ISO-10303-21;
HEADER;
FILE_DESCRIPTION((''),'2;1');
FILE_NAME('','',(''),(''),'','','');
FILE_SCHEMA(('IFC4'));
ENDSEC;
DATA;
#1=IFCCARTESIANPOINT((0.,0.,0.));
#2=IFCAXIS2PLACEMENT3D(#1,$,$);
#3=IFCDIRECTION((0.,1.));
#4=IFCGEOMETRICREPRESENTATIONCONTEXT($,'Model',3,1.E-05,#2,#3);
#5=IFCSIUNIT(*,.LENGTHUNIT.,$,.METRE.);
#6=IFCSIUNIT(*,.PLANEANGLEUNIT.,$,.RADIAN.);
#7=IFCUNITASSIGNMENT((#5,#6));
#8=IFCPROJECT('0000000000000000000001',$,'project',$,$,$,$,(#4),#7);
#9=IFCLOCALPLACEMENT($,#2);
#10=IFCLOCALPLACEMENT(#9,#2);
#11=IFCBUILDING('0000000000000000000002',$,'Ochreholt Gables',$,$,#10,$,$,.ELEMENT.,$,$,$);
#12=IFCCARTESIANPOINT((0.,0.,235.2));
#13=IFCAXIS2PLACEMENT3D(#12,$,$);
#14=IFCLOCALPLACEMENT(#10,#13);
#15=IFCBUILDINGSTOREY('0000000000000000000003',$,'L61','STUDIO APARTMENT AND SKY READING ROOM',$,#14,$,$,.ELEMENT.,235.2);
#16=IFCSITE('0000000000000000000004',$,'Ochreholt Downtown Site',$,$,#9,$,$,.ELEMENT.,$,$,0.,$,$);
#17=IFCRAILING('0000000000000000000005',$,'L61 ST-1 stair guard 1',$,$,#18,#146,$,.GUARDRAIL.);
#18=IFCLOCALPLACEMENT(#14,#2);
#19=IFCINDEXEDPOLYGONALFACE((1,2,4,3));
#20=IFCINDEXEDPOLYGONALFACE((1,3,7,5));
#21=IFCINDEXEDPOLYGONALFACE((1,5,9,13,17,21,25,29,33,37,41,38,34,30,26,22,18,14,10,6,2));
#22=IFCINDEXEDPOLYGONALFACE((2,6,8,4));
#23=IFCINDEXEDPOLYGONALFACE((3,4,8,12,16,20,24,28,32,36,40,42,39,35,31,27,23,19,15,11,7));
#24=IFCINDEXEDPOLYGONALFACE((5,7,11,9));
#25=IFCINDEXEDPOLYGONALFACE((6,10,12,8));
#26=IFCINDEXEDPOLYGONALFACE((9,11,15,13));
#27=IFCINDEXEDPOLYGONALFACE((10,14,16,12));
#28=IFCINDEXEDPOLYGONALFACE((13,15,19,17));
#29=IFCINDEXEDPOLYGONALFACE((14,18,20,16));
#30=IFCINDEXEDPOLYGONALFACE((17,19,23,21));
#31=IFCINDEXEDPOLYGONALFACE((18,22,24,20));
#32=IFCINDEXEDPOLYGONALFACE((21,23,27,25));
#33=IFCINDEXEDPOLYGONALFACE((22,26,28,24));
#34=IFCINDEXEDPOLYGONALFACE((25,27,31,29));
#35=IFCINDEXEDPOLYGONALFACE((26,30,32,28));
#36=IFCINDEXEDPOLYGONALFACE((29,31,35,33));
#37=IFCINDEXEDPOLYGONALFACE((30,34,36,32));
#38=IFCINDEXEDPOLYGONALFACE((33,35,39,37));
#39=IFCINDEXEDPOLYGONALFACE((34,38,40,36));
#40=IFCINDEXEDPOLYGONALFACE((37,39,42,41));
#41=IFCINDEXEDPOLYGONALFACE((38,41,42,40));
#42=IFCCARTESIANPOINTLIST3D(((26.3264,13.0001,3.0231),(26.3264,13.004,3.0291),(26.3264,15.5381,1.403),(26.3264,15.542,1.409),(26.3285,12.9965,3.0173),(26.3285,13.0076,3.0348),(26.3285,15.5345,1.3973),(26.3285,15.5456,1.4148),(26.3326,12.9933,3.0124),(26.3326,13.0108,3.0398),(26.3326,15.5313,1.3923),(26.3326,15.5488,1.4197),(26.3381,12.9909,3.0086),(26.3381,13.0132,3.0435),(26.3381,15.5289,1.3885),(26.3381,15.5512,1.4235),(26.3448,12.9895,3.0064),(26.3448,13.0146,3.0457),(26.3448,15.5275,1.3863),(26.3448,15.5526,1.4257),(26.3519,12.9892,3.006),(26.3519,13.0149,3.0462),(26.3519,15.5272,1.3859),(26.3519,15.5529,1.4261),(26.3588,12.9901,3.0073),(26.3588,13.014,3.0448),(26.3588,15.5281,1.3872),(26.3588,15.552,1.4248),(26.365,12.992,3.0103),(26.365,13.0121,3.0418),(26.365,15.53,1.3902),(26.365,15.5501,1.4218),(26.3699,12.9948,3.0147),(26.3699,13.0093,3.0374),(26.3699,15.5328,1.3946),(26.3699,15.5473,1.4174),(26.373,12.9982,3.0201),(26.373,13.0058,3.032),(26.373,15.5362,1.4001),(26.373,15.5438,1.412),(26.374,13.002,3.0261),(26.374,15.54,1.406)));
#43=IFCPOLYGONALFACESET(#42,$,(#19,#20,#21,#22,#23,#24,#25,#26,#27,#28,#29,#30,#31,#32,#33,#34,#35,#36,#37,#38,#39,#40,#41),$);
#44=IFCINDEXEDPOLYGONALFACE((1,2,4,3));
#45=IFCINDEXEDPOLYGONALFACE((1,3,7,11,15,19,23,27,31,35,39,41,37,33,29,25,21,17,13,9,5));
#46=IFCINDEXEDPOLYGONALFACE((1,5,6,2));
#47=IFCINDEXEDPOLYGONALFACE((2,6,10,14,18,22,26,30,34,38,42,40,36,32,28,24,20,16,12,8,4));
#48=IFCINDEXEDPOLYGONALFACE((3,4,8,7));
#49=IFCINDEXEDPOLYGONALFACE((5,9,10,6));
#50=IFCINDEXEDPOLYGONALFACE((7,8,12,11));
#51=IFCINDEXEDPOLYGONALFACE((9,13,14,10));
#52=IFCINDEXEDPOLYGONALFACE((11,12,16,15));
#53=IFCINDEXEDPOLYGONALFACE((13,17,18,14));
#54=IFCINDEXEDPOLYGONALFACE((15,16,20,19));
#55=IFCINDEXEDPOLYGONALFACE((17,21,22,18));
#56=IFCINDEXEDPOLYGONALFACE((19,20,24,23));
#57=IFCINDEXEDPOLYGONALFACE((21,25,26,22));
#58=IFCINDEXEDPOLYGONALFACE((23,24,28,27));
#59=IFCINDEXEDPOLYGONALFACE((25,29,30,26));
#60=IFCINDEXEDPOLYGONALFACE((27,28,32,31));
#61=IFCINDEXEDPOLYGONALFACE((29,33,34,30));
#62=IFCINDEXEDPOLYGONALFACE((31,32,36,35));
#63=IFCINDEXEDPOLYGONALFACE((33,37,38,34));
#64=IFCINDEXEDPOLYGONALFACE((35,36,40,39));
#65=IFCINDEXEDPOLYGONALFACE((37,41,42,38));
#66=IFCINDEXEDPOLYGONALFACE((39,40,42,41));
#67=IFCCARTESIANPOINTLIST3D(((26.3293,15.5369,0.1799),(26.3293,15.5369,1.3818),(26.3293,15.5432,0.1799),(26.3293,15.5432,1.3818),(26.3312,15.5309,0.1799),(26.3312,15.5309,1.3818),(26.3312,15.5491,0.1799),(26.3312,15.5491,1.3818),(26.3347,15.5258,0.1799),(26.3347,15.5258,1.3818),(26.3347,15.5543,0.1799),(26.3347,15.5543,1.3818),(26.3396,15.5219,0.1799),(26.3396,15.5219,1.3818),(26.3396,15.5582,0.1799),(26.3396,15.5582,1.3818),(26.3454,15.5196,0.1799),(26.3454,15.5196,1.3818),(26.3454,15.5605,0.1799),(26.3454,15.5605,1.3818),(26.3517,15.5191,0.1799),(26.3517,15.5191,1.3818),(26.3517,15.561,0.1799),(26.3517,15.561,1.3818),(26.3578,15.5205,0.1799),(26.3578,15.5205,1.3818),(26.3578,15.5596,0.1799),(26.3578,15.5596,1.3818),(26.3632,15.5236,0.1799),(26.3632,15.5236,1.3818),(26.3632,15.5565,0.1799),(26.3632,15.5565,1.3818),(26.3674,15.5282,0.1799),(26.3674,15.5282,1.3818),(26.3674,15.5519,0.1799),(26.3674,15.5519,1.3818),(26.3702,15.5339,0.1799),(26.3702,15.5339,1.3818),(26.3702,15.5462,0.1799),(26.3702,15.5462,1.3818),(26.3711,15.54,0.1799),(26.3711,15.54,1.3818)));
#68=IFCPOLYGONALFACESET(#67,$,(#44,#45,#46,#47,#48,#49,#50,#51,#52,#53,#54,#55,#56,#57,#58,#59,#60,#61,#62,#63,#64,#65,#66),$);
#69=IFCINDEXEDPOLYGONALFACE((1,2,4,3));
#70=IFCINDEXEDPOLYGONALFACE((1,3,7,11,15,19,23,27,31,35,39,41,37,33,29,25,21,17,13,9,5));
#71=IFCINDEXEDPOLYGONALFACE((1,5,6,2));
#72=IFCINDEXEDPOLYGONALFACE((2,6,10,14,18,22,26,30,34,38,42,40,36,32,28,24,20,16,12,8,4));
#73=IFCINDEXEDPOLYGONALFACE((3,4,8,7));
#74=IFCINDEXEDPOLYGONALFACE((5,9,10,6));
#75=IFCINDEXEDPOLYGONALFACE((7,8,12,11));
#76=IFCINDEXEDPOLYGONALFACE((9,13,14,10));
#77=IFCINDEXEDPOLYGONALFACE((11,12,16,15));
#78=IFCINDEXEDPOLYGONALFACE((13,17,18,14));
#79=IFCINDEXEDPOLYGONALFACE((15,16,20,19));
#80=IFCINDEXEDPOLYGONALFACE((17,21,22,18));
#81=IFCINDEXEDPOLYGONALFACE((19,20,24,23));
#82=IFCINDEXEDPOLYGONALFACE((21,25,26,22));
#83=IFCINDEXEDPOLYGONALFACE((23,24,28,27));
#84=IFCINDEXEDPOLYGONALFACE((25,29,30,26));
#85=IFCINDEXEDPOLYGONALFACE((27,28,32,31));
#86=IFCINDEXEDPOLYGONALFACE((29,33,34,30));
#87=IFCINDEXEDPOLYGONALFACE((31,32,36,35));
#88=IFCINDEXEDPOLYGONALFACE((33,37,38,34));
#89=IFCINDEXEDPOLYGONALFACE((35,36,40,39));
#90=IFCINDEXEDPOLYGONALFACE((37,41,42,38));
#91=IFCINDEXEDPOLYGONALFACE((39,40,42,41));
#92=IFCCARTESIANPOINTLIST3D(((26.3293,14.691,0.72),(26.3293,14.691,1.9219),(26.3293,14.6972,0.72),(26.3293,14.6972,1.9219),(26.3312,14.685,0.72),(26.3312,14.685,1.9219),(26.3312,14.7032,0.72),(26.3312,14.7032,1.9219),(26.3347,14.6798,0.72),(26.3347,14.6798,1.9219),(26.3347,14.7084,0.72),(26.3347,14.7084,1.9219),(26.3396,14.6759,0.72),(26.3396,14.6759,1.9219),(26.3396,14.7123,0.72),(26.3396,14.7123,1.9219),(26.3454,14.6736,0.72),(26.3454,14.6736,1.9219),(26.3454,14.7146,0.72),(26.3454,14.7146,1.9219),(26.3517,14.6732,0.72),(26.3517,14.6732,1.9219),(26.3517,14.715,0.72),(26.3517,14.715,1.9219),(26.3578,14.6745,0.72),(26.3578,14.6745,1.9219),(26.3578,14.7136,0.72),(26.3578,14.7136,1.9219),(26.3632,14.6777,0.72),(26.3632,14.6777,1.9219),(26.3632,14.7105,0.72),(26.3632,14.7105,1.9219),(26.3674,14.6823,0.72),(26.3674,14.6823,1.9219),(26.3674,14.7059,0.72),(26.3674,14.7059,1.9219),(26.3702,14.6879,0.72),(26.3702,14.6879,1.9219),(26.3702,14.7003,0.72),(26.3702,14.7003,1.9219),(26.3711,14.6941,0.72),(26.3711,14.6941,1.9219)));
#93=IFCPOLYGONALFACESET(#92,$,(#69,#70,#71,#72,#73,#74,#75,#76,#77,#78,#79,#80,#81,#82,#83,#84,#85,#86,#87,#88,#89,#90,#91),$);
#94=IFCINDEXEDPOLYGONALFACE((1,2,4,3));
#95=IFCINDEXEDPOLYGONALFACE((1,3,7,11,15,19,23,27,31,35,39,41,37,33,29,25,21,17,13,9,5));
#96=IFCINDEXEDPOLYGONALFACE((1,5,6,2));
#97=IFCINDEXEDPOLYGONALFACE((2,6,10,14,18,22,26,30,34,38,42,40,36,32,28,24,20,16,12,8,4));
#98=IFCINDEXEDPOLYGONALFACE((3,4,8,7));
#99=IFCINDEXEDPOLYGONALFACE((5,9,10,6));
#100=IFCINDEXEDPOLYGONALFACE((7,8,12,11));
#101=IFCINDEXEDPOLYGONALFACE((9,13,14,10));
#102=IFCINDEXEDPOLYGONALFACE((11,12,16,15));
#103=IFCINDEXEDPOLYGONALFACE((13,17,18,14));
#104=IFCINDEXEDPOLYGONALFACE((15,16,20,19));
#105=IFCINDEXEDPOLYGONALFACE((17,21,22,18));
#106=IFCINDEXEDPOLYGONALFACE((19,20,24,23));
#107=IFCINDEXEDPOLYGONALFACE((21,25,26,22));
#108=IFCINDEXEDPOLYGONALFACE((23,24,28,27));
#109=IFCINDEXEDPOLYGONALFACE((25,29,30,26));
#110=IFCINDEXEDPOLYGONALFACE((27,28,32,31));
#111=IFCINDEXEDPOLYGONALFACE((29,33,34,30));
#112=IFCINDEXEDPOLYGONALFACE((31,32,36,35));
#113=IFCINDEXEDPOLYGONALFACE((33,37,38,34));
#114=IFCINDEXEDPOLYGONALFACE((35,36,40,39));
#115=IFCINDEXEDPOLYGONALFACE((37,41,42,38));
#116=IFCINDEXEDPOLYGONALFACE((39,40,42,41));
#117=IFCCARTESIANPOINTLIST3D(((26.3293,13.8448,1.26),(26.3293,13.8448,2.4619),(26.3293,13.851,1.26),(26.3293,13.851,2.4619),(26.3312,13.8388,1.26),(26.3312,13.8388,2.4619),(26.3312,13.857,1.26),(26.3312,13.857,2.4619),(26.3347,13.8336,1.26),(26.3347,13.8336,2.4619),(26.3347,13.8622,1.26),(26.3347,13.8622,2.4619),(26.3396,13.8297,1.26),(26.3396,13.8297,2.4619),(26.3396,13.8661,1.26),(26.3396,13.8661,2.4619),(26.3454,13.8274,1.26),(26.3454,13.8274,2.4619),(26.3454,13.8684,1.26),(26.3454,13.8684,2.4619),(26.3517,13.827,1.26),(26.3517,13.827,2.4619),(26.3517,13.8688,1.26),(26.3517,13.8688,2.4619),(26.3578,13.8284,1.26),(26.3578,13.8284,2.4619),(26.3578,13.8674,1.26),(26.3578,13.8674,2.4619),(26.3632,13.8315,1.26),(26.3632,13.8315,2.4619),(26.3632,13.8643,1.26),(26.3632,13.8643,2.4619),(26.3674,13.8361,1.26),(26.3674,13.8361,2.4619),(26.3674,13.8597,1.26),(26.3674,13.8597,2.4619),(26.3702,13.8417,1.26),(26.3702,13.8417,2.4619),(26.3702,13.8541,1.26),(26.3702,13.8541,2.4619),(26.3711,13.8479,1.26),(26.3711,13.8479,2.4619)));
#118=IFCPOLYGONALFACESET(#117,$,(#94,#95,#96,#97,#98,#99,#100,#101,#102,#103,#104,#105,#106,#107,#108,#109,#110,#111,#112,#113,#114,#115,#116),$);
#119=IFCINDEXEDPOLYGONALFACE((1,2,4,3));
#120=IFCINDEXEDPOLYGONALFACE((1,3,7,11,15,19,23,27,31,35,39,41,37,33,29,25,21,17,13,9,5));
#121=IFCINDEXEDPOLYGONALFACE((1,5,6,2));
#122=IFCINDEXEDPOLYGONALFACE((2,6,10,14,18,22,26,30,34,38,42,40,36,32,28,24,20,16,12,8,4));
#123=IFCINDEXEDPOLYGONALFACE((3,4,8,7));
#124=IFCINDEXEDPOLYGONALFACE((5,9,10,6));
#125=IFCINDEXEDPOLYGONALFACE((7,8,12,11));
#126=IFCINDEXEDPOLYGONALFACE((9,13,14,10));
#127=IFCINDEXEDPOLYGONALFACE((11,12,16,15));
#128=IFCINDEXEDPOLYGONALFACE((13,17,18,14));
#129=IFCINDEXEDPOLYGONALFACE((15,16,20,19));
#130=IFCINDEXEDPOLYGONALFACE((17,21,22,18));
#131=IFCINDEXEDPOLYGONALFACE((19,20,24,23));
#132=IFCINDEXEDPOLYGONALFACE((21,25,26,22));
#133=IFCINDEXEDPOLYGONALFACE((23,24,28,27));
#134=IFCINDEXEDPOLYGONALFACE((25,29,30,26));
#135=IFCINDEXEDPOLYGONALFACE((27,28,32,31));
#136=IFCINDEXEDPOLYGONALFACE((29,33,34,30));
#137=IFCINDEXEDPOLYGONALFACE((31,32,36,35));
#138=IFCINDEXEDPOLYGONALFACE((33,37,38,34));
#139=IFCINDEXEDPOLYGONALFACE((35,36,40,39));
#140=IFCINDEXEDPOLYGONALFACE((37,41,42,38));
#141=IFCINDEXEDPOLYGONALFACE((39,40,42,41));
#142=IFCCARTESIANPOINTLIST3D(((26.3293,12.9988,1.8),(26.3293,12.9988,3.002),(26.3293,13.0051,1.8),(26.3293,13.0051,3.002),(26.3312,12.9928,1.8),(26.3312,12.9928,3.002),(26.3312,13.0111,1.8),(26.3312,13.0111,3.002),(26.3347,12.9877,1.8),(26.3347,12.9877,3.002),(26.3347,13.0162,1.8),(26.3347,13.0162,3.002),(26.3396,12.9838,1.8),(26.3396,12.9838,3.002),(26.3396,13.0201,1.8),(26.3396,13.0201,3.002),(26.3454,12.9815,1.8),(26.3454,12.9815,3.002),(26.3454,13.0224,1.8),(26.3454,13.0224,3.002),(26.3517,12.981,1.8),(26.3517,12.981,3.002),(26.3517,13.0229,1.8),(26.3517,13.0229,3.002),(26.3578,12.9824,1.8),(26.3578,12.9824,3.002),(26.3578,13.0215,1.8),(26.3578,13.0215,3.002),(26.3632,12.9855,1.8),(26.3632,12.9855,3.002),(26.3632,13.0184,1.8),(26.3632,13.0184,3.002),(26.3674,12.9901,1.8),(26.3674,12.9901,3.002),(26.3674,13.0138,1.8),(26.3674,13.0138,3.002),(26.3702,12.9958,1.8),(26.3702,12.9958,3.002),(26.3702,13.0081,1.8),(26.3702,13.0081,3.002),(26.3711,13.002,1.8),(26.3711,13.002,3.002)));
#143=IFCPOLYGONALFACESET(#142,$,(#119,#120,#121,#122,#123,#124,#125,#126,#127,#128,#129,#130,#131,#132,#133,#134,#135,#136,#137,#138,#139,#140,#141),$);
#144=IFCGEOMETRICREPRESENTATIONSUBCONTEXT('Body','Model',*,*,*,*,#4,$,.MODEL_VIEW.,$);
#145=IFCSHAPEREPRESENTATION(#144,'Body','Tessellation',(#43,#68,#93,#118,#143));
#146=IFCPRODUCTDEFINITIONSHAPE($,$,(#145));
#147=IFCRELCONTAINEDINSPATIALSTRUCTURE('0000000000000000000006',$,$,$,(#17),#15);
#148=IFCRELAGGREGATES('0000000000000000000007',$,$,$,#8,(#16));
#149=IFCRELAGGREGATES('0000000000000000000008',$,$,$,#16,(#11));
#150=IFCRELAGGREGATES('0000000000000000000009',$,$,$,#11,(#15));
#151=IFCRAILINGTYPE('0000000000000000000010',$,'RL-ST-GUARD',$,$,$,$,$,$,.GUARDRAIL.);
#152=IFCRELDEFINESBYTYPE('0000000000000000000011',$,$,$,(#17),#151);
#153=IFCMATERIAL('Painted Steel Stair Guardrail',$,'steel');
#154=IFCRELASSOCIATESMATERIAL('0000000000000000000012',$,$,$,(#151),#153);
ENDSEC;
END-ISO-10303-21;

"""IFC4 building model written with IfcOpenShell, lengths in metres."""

from ifc_helpers import new_model, si_unit, direction, frame, origin, origin_2d, place, context, subcontext, project, spatial, circle, extrude, material, type_object, element, save


model = new_model("IFC4")

# Units and contexts
model_context = context("Model", 3, precision=1e-05, world=origin(), true_north=direction((0.0, 1.0)))
body_context = subcontext(model_context, "Body", "Model", "MODEL_VIEW")
ifc_project = project(units=[si_unit("LENGTHUNIT", "METRE"), si_unit("PLANEANGLEUNIT", "RADIAN")], contexts=[model_context])

# Site, building, storey
site_placement = place(None, origin())
site = spatial("IfcSite", under=ifc_project, at=site_placement, Name="Ochreholt Downtown Site", CompositionType="ELEMENT", RefElevation=0.0)
building_placement = place(site_placement, origin())
building = spatial("IfcBuilding", under=site, at=building_placement, Name="Ochreholt Gables", CompositionType="ELEMENT")
storey_placement = place(building_placement, frame((0.0, 0.0, 235.2)))
storey = spatial("IfcBuildingStorey", under=building, at=storey_placement, Name="L61", Description="STUDIO APARTMENT AND SKY READING ROOM", CompositionType="ELEMENT", Elevation=235.2)

# Railing
ifc_material_1 = material(Name="Painted Steel Stair Guardrail", Category="steel")
railing_type_1 = type_object("IfcRailingType", Name="RL-ST-GUARD", PredefinedType="GUARDRAIL", material=ifc_material_1)
railing_1_placement = place(storey_placement, frame((26.3501, 15.54, 0.1799)))
element("IfcRailing", 1, at=railing_1_placement, inside=storey, type_object=railing_type_1, Name="L61 ST-1 stair guard 1", PredefinedType="GUARDRAIL", context=body_context, shape_type="SweptSolid", body=[
    extrude(circle(Radius=0.0239, at=origin_2d()), frame((0.0, 0.0, 1.2261), z_axis=(0.0, -0.842913, 0.53805), x_axis=(1.0, 0.0, 0.0)), (0.0, 0.0, 1.0), 3.011),
    extrude(circle(Radius=0.021, at=origin_2d()), origin(), (0.0, 0.0, 1.0), 1.2019),
    extrude(circle(Radius=0.021, at=origin_2d()), frame((0.0, -0.8459, 0.54)), (0.0, 0.0, 1.0), 1.2019),
    extrude(circle(Radius=0.021, at=origin_2d()), frame((0.0, -1.6921, 1.0801)), (0.0, 0.0, 1.0), 1.2019),
    extrude(circle(Radius=0.021, at=origin_2d()), frame((0.0, -2.5381, 1.6201)), (0.0, 0.0, 1.0), 1.2019),
])

save(model, "model.ifc")
